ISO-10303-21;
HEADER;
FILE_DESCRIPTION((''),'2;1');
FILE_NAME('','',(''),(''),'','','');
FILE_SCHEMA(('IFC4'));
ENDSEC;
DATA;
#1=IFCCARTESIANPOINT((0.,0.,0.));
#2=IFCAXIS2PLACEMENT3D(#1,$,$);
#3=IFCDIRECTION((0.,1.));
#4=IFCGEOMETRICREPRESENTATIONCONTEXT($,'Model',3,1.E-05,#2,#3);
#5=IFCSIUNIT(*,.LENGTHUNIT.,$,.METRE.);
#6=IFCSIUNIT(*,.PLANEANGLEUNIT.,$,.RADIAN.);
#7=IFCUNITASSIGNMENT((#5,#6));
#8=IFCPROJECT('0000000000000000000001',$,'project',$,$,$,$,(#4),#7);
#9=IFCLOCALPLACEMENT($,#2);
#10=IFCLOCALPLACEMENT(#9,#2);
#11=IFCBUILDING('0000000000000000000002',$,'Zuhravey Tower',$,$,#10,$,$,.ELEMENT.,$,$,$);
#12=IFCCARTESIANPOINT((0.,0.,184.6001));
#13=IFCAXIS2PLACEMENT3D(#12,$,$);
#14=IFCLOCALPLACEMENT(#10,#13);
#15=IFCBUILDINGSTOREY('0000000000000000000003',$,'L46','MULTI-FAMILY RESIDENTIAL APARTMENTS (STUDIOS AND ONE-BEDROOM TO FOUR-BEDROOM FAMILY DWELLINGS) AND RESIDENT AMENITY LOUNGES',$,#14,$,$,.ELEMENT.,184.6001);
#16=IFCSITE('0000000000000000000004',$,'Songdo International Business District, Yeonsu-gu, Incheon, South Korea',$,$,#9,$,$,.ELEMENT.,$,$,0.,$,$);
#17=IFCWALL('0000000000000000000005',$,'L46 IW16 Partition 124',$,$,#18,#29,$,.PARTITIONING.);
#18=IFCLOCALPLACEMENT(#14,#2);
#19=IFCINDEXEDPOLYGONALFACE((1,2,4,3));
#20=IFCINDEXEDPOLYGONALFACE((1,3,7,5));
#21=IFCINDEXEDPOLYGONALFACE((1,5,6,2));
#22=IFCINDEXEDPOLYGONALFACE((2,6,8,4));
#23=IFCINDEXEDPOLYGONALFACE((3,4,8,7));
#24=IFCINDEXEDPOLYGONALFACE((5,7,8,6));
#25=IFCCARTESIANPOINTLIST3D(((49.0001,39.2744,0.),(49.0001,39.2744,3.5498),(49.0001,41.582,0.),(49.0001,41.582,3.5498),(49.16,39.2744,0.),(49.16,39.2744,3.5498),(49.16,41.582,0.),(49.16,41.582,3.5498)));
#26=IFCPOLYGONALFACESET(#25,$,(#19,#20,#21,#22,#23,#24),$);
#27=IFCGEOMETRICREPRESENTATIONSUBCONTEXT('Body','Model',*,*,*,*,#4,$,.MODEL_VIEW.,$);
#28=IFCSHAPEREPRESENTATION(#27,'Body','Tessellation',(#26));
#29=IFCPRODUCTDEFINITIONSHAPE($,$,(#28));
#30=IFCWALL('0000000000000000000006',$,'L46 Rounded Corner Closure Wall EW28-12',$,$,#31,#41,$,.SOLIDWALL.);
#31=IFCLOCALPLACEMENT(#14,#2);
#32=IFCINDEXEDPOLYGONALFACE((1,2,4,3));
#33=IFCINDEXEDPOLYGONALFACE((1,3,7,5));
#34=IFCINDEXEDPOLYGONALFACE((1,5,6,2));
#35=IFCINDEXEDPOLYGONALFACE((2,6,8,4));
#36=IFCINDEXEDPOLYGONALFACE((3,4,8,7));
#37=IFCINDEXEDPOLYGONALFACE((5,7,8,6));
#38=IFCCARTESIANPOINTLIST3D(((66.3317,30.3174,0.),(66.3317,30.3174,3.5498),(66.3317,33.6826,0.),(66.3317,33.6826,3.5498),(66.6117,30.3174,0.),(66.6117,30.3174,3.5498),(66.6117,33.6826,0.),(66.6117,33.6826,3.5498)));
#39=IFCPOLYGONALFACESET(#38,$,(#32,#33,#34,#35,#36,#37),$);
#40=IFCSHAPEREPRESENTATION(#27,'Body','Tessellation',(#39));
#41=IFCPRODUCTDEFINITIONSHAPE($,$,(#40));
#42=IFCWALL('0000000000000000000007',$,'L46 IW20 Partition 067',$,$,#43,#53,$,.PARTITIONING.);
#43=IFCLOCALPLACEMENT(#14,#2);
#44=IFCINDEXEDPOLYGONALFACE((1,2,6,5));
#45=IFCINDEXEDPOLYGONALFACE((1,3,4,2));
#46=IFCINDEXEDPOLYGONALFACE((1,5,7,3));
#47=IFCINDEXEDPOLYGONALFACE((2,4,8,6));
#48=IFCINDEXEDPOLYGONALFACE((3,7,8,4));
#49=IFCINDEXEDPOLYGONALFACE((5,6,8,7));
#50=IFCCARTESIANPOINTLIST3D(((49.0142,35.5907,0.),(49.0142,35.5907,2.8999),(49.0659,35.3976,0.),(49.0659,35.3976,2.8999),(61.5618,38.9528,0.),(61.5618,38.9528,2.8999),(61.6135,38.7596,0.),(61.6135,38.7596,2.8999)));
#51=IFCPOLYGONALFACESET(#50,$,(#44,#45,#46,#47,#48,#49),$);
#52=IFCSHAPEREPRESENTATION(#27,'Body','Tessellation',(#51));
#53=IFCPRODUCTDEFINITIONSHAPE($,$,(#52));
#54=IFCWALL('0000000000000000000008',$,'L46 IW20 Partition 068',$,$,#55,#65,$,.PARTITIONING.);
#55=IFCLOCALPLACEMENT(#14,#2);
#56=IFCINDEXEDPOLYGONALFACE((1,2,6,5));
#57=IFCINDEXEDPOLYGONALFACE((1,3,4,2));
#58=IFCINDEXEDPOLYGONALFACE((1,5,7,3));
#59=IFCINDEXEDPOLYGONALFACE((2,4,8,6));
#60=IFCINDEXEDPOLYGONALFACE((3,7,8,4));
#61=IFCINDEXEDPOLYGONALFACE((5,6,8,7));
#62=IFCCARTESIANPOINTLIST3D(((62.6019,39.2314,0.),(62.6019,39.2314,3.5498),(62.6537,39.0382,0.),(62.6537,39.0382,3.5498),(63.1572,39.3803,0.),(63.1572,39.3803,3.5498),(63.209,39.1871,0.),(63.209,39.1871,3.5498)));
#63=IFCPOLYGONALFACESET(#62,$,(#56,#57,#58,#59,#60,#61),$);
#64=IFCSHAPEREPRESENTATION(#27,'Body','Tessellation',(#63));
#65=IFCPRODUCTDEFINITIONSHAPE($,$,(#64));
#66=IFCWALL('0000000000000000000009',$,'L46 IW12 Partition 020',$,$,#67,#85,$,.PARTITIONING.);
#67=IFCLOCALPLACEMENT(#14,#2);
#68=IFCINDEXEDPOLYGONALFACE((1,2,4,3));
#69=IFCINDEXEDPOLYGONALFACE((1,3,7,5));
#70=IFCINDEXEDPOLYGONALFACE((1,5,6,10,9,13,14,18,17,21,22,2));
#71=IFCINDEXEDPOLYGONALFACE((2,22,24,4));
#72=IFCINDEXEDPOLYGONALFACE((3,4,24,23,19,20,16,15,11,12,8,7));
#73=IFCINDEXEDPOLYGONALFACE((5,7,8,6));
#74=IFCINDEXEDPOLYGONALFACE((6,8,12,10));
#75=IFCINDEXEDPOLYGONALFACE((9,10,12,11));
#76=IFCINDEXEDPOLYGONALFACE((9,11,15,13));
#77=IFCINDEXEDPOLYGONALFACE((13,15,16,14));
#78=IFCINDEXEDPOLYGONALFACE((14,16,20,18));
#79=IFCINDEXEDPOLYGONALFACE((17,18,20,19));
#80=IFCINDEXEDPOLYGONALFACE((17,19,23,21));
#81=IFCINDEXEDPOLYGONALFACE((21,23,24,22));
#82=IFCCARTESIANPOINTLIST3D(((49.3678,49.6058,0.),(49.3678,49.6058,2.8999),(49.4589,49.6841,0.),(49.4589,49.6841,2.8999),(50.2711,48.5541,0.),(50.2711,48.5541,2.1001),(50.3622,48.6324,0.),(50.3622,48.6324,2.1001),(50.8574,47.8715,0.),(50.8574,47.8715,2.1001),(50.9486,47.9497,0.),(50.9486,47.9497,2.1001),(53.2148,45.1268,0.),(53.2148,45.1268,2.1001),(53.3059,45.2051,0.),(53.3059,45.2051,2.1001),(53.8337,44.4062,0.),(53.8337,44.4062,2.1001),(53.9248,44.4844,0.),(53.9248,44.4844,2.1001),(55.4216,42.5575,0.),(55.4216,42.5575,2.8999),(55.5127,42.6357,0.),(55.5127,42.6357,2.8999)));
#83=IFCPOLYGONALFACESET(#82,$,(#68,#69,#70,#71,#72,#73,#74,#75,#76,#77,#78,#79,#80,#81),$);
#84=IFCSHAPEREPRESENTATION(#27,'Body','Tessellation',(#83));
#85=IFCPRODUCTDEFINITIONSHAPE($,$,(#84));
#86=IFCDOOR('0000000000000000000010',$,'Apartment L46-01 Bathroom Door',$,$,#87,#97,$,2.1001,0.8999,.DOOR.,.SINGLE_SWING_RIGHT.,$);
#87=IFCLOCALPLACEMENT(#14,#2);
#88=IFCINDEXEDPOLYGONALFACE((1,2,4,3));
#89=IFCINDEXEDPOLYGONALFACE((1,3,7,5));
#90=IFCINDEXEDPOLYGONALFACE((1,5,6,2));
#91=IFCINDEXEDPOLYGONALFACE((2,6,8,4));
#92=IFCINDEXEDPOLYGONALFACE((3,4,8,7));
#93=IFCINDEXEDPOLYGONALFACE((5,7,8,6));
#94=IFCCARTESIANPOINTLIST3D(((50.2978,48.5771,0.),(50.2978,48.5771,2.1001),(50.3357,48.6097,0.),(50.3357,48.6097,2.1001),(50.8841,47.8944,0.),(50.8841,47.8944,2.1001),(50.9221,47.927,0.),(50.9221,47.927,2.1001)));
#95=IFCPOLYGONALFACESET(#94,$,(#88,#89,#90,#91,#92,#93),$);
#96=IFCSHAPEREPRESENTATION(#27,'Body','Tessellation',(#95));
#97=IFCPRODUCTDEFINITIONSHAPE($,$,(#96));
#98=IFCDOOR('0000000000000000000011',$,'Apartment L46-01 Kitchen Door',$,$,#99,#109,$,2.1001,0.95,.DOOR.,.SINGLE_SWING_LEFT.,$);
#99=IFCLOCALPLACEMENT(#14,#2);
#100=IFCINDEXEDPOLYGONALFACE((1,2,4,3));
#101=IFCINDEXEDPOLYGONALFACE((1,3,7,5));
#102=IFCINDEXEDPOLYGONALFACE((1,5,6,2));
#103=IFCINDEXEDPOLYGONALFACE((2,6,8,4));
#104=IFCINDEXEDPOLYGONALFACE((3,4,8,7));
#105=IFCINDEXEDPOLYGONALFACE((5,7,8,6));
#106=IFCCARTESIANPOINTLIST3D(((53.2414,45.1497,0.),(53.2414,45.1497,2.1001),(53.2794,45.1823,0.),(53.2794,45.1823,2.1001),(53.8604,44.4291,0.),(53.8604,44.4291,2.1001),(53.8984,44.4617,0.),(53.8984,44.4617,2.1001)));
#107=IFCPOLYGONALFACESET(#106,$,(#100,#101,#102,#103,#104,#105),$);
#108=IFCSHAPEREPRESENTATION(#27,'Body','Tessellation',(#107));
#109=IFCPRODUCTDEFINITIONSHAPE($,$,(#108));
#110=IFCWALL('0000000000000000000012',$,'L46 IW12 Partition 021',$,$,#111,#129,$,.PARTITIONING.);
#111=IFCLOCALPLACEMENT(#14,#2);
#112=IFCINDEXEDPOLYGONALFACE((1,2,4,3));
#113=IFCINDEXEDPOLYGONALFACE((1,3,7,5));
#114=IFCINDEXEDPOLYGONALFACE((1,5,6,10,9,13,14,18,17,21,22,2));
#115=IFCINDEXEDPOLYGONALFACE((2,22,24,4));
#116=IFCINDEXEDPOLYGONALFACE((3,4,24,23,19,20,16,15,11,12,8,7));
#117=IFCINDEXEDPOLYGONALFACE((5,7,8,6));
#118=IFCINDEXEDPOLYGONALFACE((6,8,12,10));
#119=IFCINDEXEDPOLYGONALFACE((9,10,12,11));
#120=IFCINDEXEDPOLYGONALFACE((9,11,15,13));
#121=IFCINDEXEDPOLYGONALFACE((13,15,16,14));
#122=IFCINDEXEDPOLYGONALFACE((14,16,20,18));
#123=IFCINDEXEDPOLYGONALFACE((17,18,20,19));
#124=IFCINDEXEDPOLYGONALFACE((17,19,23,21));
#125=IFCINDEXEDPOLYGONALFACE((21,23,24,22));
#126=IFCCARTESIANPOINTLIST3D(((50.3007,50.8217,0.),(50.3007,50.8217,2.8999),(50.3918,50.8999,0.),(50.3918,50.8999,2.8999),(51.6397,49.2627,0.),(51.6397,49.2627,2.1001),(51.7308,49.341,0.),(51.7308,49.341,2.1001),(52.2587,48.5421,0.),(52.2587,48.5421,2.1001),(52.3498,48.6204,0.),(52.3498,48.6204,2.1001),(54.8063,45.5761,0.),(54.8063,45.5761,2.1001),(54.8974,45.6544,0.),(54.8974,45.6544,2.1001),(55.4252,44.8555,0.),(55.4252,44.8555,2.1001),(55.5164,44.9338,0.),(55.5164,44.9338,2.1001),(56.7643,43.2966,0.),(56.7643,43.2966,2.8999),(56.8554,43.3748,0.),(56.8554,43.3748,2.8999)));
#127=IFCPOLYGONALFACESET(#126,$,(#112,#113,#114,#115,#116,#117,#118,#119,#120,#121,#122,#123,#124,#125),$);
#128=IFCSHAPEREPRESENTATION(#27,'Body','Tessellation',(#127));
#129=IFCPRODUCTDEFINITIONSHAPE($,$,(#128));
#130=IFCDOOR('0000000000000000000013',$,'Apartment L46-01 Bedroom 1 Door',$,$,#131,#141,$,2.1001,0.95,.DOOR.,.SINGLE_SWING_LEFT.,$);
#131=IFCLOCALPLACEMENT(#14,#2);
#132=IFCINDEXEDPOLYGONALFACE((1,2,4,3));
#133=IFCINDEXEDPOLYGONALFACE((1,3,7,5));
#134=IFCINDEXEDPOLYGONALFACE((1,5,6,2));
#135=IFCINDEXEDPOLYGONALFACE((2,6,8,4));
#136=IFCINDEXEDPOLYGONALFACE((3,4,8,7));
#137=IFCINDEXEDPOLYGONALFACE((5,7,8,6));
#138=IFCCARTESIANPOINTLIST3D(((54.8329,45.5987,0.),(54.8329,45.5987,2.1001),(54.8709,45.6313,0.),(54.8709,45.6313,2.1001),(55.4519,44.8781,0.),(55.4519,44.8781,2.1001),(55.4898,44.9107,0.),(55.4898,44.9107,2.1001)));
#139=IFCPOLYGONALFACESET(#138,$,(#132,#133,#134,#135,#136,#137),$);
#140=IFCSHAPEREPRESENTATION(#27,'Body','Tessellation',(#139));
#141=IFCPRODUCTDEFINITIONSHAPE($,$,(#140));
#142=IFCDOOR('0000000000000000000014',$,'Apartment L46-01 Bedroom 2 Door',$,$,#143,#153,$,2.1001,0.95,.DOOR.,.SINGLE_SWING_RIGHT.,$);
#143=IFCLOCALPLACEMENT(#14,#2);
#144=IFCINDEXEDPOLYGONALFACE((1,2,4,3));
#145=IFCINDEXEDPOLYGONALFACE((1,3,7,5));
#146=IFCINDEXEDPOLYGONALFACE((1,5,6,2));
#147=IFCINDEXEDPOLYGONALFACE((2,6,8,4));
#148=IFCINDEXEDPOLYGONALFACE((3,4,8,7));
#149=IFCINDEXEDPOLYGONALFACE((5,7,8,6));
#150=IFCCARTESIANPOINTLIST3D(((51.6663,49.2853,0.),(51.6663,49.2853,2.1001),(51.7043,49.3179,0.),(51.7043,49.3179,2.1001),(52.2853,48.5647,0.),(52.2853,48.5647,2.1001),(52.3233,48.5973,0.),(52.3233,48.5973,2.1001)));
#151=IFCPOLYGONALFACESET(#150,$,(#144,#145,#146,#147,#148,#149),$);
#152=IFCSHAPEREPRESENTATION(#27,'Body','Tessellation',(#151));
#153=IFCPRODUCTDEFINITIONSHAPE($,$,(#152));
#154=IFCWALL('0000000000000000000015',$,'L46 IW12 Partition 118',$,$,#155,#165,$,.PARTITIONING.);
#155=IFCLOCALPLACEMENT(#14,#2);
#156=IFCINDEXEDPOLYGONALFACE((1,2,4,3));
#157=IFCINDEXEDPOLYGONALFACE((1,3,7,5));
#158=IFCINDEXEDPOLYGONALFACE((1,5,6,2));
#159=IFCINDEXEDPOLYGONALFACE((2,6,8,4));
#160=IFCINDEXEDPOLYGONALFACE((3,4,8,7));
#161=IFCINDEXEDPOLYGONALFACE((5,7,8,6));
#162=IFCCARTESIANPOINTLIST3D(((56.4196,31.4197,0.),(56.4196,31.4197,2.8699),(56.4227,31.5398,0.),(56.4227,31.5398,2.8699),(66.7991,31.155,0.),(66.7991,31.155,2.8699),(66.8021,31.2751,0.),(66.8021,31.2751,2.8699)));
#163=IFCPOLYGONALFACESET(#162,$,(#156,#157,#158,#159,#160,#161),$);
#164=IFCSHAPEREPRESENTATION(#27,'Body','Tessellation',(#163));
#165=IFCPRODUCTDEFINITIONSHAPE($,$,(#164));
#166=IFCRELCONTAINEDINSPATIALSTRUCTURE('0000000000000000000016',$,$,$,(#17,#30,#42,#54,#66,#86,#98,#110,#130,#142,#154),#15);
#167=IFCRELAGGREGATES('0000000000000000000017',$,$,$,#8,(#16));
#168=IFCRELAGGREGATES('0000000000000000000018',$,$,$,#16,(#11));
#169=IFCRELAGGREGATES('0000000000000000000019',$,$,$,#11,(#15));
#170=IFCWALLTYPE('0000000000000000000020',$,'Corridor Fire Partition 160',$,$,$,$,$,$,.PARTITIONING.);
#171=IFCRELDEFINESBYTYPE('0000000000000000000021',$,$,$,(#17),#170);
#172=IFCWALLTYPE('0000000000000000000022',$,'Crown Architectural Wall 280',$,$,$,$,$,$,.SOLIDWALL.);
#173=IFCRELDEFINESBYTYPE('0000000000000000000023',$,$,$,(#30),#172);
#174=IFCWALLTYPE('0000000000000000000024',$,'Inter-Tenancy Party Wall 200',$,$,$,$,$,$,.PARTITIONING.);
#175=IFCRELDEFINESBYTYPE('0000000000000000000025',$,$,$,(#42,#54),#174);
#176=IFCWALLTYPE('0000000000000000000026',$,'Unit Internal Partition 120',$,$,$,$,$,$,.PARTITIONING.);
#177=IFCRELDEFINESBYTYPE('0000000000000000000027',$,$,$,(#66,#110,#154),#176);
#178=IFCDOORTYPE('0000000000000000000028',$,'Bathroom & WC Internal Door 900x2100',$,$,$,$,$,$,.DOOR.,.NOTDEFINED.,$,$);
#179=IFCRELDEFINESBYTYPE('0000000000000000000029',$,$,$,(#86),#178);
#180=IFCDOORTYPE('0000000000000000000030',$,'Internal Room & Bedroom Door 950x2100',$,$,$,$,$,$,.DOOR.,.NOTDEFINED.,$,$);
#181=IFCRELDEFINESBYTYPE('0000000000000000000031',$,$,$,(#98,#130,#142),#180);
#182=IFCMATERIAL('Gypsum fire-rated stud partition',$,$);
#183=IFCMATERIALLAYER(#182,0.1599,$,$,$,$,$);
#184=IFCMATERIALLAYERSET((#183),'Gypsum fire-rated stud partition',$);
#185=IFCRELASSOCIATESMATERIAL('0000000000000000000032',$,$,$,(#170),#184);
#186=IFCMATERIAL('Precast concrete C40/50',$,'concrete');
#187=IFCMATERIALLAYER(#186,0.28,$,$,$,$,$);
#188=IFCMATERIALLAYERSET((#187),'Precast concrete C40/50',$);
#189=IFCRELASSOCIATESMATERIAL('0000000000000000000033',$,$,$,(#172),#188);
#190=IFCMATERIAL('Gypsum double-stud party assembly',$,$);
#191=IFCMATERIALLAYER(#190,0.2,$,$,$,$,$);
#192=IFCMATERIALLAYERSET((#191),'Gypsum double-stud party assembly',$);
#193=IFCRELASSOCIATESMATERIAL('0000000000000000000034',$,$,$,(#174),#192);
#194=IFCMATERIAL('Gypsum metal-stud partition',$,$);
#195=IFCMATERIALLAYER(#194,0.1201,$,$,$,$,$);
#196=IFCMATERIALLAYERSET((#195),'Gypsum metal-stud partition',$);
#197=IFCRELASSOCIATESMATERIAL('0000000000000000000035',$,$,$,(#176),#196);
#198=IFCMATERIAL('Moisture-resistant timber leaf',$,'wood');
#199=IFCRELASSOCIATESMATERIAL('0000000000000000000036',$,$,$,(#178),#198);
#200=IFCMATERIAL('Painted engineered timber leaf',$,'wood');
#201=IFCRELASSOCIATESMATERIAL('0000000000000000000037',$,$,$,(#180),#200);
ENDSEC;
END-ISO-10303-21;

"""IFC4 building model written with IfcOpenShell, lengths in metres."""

from ifc_helpers import new_model, si_unit, direction, frame, frame_2d, origin, place, context, subcontext, project, spatial, rectangle, extrude, material, layer, layer_set, type_object, element, fill, save


model = new_model("IFC4")

# Units and contexts
model_context = context("Model", 3, precision=1e-05, world=origin(), true_north=direction((0.0, 1.0)))
body_context = subcontext(model_context, "Body", "Model", "MODEL_VIEW")
ifc_project = project(units=[si_unit("LENGTHUNIT", "METRE"), si_unit("PLANEANGLEUNIT", "RADIAN")], contexts=[model_context])

# Site, building, storey
site_placement = place(None, origin())
site = spatial("IfcSite", under=ifc_project, at=site_placement, Name="Songdo International Business District, Yeonsu-gu, Incheon, South Korea", CompositionType="ELEMENT", RefElevation=0.0)
building_placement = place(site_placement, origin())
building = spatial("IfcBuilding", under=site, at=building_placement, Name="Zuhravey Tower", CompositionType="ELEMENT")
storey_placement = place(building_placement, frame((0.0, 0.0, 184.6001)))
storey = spatial("IfcBuildingStorey", under=building, at=storey_placement, Name="L46", Description="MULTI-FAMILY RESIDENTIAL APARTMENTS (STUDIOS AND ONE-BEDROOM TO FOUR-BEDROOM FAMILY DWELLINGS) AND RESIDENT AMENITY LOUNGES", CompositionType="ELEMENT", Elevation=184.6001)

# Shared definitions
ifc_material_1 = material(Name="Gypsum fire-rated stud partition")
ifc_layer_1 = layer(ifc_material_1, 0.1599)
ifc_layer_set_1 = layer_set([ifc_layer_1], Name="Gypsum fire-rated stud partition")
wall_type_1 = type_object("IfcWallType", Name="Corridor Fire Partition 160", PredefinedType="PARTITIONING", material=ifc_layer_set_1)

# Walls
wall_1_placement = place(storey_placement, frame((49.0801, 39.2744, 0.0), z_axis=(0.0, 0.0, 1.0), x_axis=(0.0, 1.0, 0.0)))
element("IfcWall", 1, at=wall_1_placement, inside=storey, type_object=wall_type_1, Name="L46 IW16 Partition 124", PredefinedType="PARTITIONING", context=body_context, shape_type="SweptSolid", body=[
    extrude(rectangle(XDim=2.3076, YDim=0.1599, at=frame_2d((1.1538, 0.0))), origin(), (0.0, 0.0, 1.0), 3.5498),
])
ifc_material_2 = material(Name="Precast concrete C40/50", Category="concrete")
ifc_layer_2 = layer(ifc_material_2, 0.28)
ifc_layer_set_2 = layer_set([ifc_layer_2], Name="Precast concrete C40/50")
wall_type_2 = type_object("IfcWallType", Name="Crown Architectural Wall 280", PredefinedType="SOLIDWALL", material=ifc_layer_set_2)
wall_2_placement = place(storey_placement, frame((66.4717, 33.6826, 0.0), z_axis=(0.0, 0.0, 1.0), x_axis=(0.0, -1.0, 0.0)))
element("IfcWall", 2, at=wall_2_placement, inside=storey, type_object=wall_type_2, Name="L46 Rounded Corner Closure Wall EW28-12", PredefinedType="SOLIDWALL", context=body_context, shape_type="SweptSolid", body=[
    extrude(rectangle(XDim=3.3652, YDim=0.28, at=frame_2d((1.6826, 0.0))), origin(), (0.0, 0.0, 1.0), 3.5498),
])
ifc_material_3 = material(Name="Gypsum double-stud party assembly")
ifc_layer_3 = layer(ifc_material_3, 0.2)
ifc_layer_set_3 = layer_set([ifc_layer_3], Name="Gypsum double-stud party assembly")
wall_type_3 = type_object("IfcWallType", Name="Inter-Tenancy Party Wall 200", PredefinedType="PARTITIONING", material=ifc_layer_set_3)
wall_3_placement = place(storey_placement, frame((49.04, 35.4941, 0.0), z_axis=(0.0, 0.0, 1.0), x_axis=(0.965927, 0.258815, 0.0)))
element("IfcWall", 3, at=wall_3_placement, inside=storey, type_object=wall_type_3, Name="L46 IW20 Partition 067", PredefinedType="PARTITIONING", context=body_context, shape_type="SweptSolid", body=[
    extrude(rectangle(XDim=12.9902, YDim=0.2, at=frame_2d((6.4951, 0.0))), origin(), (0.0, 0.0, 1.0), 2.8999),
])
wall_4_placement = place(storey_placement, frame((62.6277, 39.1348, 0.0), z_axis=(0.0, 0.0, 1.0), x_axis=(0.965882, 0.258984, 0.0)))
element("IfcWall", 4, at=wall_4_placement, inside=storey, type_object=wall_type_3, Name="L46 IW20 Partition 068", PredefinedType="PARTITIONING", context=body_context, shape_type="SweptSolid", body=[
    extrude(rectangle(XDim=0.575, YDim=0.2, at=frame_2d((0.2876, 0.0))), origin(), (0.0, 0.0, 1.0), 3.5498),
])

# Walls, openings, doors
ifc_material_4 = material(Name="Gypsum metal-stud partition")
ifc_layer_4 = layer(ifc_material_4, 0.1201)
ifc_layer_set_4 = layer_set([ifc_layer_4], Name="Gypsum metal-stud partition")
wall_type_4 = type_object("IfcWallType", Name="Unit Internal Partition 120", PredefinedType="PARTITIONING", material=ifc_layer_set_4)
wall_5_placement = place(storey_placement, frame((55.467, 42.5967, 0.0), z_axis=(0.0, 0.0, 1.0), x_axis=(-0.651553, 0.758603, 0.0)))
wall_5 = element("IfcWall", 5, at=wall_5_placement, inside=storey, type_object=wall_type_4, Name="L46 IW12 Partition 020", PredefinedType="PARTITIONING", context=body_context, shape_type="SweptSolid", body=[
    extrude(rectangle(XDim=9.2913, YDim=0.1201, at=frame_2d((4.6455, 0.0))), origin(), (0.0, 0.0, 1.0), 2.8999),
])
opening_1_placement = place(wall_5_placement, frame((2.4368, 0.0, 0.0)))
opening_1 = element("IfcOpeningElement", 6, at=opening_1_placement, cuts=wall_5, PredefinedType="OPENING", context=body_context, shape_type="SweptSolid", body=[
    extrude(rectangle(XDim=0.95, YDim=2.1001, at=frame_2d((0.4751, 1.05))), frame((0.0, 0.072, 0.0), z_axis=(0.0, -1.0, 0.0), x_axis=(1.0, 0.0, 0.0)), (0.0, 0.0, 1.0), 0.144),
])
opening_2_placement = place(wall_5_placement, frame((7.0049, 0.0, 0.0)))
opening_2 = element("IfcOpeningElement", 7, at=opening_2_placement, cuts=wall_5, PredefinedType="OPENING", context=body_context, shape_type="SweptSolid", body=[
    extrude(rectangle(XDim=0.8999, YDim=2.1001, at=frame_2d((0.45, 1.05))), frame((0.0, 0.072, 0.0), z_axis=(0.0, -1.0, 0.0), x_axis=(1.0, 0.0, 0.0)), (0.0, 0.0, 1.0), 0.144),
])
ifc_material_5 = material(Name="Moisture-resistant timber leaf", Category="wood")
door_type_1 = type_object("IfcDoorType", Name="Bathroom & WC Internal Door 900x2100", OperationType="NOTDEFINED", PredefinedType="DOOR", material=ifc_material_5)
door_1_placement = place(opening_2_placement, origin())
door_1 = element("IfcDoor", 8, at=door_1_placement, inside=storey, type_object=door_type_1, Name="Apartment L46-01 Bathroom Door", OperationType="SINGLE_SWING_RIGHT", OverallHeight=2.1001, OverallWidth=0.8999, PredefinedType="DOOR", context=body_context, shape_type="SweptSolid", body=[
    extrude(rectangle(XDim=0.8999, YDim=2.1001, at=frame_2d((0.45, 1.05))), frame((0.0, 0.0249, 0.0), z_axis=(0.0, -1.0, 0.0), x_axis=(1.0, 0.0, 0.0)), (0.0, 0.0, 1.0), 0.05),
])
fill(opening_2, door_1)
ifc_material_6 = material(Name="Painted engineered timber leaf", Category="wood")
door_type_2 = type_object("IfcDoorType", Name="Internal Room & Bedroom Door 950x2100", OperationType="NOTDEFINED", PredefinedType="DOOR", material=ifc_material_6)
door_2_placement = place(opening_1_placement, origin())
door_2 = element("IfcDoor", 9, at=door_2_placement, inside=storey, type_object=door_type_2, Name="Apartment L46-01 Kitchen Door", OperationType="SINGLE_SWING_LEFT", OverallHeight=2.1001, OverallWidth=0.95, PredefinedType="DOOR", context=body_context, shape_type="SweptSolid", body=[
    extrude(rectangle(XDim=0.95, YDim=2.1001, at=frame_2d((0.4751, 1.05))), frame((0.0, 0.0249, 0.0), z_axis=(0.0, -1.0, 0.0), x_axis=(1.0, 0.0, 0.0)), (0.0, 0.0, 1.0), 0.05),
])
fill(opening_1, door_2)
wall_6_placement = place(storey_placement, frame((56.8098, 43.3357, 0.0), z_axis=(0.0, 0.0, 1.0), x_axis=(-0.651575, 0.758584, 0.0)))
wall_6 = element("IfcWall", 10, at=wall_6_placement, inside=storey, type_object=wall_type_4, Name="L46 IW12 Partition 021", PredefinedType="PARTITIONING", context=body_context, shape_type="SweptSolid", body=[
    extrude(rectangle(XDim=9.9199, YDim=0.1201, at=frame_2d((4.96, 0.0))), origin(), (0.0, 0.0, 1.0), 2.8999),
])
opening_3_placement = place(wall_6_placement, frame((2.0549, 0.0, 0.0)))
opening_3 = element("IfcOpeningElement", 11, at=opening_3_placement, cuts=wall_6, PredefinedType="OPENING", context=body_context, shape_type="SweptSolid", body=[
    extrude(rectangle(XDim=0.95, YDim=2.1001, at=frame_2d((0.4751, 1.05))), frame((0.0, 0.072, 0.0), z_axis=(0.0, -1.0, 0.0), x_axis=(1.0, 0.0, 0.0)), (0.0, 0.0, 1.0), 0.144),
])
opening_4_placement = place(wall_6_placement, frame((6.9148, 0.0, 0.0)))
opening_4 = element("IfcOpeningElement", 12, at=opening_4_placement, cuts=wall_6, PredefinedType="OPENING", context=body_context, shape_type="SweptSolid", body=[
    extrude(rectangle(XDim=0.95, YDim=2.1001, at=frame_2d((0.4751, 1.05))), frame((0.0, 0.072, 0.0), z_axis=(0.0, -1.0, 0.0), x_axis=(1.0, 0.0, 0.0)), (0.0, 0.0, 1.0), 0.144),
])
door_3_placement = place(opening_3_placement, frame((0.95, 0.0, 0.0), z_axis=(0.0, 0.0, 1.0), x_axis=(-1.0, 0.0, 0.0)))
door_3 = element("IfcDoor", 13, at=door_3_placement, inside=storey, type_object=door_type_2, Name="Apartment L46-01 Bedroom 1 Door", OperationType="SINGLE_SWING_LEFT", OverallHeight=2.1001, OverallWidth=0.95, PredefinedType="DOOR", context=body_context, shape_type="SweptSolid", body=[
    extrude(rectangle(XDim=0.95, YDim=2.1001, at=frame_2d((0.4751, 1.05))), frame((0.0, 0.0249, 0.0), z_axis=(0.0, -1.0, 0.0), x_axis=(1.0, 0.0, 0.0)), (0.0, 0.0, 1.0), 0.05),
])
fill(opening_3, door_3)
door_4_placement = place(opening_4_placement, frame((0.95, 0.0, 0.0), z_axis=(0.0, 0.0, 1.0), x_axis=(-1.0, 0.0, 0.0)))
door_4 = element("IfcDoor", 14, at=door_4_placement, inside=storey, type_object=door_type_2, Name="Apartment L46-01 Bedroom 2 Door", OperationType="SINGLE_SWING_RIGHT", OverallHeight=2.1001, OverallWidth=0.95, PredefinedType="DOOR", context=body_context, shape_type="SweptSolid", body=[
    extrude(rectangle(XDim=0.95, YDim=2.1001, at=frame_2d((0.4751, 1.05))), frame((0.0, 0.0249, 0.0), z_axis=(0.0, -1.0, 0.0), x_axis=(1.0, 0.0, 0.0)), (0.0, 0.0, 1.0), 0.05),
])
fill(opening_4, door_4)

# Wall
wall_7_placement = place(storey_placement, frame((56.4211, 31.4797, 0.0), z_axis=(0.0, 0.0, 1.0), x_axis=(0.999675, -0.025489, 0.0)))
element("IfcWall", 15, at=wall_7_placement, inside=storey, type_object=wall_type_4, Name="L46 IW12 Partition 118", PredefinedType="PARTITIONING", context=body_context, shape_type="SweptSolid", body=[
    extrude(rectangle(XDim=10.3828, YDim=0.1201, at=frame_2d((5.1914, 0.0))), origin(), (0.0, 0.0, 1.0), 2.8699),
])

save(model, "model.ifc")
